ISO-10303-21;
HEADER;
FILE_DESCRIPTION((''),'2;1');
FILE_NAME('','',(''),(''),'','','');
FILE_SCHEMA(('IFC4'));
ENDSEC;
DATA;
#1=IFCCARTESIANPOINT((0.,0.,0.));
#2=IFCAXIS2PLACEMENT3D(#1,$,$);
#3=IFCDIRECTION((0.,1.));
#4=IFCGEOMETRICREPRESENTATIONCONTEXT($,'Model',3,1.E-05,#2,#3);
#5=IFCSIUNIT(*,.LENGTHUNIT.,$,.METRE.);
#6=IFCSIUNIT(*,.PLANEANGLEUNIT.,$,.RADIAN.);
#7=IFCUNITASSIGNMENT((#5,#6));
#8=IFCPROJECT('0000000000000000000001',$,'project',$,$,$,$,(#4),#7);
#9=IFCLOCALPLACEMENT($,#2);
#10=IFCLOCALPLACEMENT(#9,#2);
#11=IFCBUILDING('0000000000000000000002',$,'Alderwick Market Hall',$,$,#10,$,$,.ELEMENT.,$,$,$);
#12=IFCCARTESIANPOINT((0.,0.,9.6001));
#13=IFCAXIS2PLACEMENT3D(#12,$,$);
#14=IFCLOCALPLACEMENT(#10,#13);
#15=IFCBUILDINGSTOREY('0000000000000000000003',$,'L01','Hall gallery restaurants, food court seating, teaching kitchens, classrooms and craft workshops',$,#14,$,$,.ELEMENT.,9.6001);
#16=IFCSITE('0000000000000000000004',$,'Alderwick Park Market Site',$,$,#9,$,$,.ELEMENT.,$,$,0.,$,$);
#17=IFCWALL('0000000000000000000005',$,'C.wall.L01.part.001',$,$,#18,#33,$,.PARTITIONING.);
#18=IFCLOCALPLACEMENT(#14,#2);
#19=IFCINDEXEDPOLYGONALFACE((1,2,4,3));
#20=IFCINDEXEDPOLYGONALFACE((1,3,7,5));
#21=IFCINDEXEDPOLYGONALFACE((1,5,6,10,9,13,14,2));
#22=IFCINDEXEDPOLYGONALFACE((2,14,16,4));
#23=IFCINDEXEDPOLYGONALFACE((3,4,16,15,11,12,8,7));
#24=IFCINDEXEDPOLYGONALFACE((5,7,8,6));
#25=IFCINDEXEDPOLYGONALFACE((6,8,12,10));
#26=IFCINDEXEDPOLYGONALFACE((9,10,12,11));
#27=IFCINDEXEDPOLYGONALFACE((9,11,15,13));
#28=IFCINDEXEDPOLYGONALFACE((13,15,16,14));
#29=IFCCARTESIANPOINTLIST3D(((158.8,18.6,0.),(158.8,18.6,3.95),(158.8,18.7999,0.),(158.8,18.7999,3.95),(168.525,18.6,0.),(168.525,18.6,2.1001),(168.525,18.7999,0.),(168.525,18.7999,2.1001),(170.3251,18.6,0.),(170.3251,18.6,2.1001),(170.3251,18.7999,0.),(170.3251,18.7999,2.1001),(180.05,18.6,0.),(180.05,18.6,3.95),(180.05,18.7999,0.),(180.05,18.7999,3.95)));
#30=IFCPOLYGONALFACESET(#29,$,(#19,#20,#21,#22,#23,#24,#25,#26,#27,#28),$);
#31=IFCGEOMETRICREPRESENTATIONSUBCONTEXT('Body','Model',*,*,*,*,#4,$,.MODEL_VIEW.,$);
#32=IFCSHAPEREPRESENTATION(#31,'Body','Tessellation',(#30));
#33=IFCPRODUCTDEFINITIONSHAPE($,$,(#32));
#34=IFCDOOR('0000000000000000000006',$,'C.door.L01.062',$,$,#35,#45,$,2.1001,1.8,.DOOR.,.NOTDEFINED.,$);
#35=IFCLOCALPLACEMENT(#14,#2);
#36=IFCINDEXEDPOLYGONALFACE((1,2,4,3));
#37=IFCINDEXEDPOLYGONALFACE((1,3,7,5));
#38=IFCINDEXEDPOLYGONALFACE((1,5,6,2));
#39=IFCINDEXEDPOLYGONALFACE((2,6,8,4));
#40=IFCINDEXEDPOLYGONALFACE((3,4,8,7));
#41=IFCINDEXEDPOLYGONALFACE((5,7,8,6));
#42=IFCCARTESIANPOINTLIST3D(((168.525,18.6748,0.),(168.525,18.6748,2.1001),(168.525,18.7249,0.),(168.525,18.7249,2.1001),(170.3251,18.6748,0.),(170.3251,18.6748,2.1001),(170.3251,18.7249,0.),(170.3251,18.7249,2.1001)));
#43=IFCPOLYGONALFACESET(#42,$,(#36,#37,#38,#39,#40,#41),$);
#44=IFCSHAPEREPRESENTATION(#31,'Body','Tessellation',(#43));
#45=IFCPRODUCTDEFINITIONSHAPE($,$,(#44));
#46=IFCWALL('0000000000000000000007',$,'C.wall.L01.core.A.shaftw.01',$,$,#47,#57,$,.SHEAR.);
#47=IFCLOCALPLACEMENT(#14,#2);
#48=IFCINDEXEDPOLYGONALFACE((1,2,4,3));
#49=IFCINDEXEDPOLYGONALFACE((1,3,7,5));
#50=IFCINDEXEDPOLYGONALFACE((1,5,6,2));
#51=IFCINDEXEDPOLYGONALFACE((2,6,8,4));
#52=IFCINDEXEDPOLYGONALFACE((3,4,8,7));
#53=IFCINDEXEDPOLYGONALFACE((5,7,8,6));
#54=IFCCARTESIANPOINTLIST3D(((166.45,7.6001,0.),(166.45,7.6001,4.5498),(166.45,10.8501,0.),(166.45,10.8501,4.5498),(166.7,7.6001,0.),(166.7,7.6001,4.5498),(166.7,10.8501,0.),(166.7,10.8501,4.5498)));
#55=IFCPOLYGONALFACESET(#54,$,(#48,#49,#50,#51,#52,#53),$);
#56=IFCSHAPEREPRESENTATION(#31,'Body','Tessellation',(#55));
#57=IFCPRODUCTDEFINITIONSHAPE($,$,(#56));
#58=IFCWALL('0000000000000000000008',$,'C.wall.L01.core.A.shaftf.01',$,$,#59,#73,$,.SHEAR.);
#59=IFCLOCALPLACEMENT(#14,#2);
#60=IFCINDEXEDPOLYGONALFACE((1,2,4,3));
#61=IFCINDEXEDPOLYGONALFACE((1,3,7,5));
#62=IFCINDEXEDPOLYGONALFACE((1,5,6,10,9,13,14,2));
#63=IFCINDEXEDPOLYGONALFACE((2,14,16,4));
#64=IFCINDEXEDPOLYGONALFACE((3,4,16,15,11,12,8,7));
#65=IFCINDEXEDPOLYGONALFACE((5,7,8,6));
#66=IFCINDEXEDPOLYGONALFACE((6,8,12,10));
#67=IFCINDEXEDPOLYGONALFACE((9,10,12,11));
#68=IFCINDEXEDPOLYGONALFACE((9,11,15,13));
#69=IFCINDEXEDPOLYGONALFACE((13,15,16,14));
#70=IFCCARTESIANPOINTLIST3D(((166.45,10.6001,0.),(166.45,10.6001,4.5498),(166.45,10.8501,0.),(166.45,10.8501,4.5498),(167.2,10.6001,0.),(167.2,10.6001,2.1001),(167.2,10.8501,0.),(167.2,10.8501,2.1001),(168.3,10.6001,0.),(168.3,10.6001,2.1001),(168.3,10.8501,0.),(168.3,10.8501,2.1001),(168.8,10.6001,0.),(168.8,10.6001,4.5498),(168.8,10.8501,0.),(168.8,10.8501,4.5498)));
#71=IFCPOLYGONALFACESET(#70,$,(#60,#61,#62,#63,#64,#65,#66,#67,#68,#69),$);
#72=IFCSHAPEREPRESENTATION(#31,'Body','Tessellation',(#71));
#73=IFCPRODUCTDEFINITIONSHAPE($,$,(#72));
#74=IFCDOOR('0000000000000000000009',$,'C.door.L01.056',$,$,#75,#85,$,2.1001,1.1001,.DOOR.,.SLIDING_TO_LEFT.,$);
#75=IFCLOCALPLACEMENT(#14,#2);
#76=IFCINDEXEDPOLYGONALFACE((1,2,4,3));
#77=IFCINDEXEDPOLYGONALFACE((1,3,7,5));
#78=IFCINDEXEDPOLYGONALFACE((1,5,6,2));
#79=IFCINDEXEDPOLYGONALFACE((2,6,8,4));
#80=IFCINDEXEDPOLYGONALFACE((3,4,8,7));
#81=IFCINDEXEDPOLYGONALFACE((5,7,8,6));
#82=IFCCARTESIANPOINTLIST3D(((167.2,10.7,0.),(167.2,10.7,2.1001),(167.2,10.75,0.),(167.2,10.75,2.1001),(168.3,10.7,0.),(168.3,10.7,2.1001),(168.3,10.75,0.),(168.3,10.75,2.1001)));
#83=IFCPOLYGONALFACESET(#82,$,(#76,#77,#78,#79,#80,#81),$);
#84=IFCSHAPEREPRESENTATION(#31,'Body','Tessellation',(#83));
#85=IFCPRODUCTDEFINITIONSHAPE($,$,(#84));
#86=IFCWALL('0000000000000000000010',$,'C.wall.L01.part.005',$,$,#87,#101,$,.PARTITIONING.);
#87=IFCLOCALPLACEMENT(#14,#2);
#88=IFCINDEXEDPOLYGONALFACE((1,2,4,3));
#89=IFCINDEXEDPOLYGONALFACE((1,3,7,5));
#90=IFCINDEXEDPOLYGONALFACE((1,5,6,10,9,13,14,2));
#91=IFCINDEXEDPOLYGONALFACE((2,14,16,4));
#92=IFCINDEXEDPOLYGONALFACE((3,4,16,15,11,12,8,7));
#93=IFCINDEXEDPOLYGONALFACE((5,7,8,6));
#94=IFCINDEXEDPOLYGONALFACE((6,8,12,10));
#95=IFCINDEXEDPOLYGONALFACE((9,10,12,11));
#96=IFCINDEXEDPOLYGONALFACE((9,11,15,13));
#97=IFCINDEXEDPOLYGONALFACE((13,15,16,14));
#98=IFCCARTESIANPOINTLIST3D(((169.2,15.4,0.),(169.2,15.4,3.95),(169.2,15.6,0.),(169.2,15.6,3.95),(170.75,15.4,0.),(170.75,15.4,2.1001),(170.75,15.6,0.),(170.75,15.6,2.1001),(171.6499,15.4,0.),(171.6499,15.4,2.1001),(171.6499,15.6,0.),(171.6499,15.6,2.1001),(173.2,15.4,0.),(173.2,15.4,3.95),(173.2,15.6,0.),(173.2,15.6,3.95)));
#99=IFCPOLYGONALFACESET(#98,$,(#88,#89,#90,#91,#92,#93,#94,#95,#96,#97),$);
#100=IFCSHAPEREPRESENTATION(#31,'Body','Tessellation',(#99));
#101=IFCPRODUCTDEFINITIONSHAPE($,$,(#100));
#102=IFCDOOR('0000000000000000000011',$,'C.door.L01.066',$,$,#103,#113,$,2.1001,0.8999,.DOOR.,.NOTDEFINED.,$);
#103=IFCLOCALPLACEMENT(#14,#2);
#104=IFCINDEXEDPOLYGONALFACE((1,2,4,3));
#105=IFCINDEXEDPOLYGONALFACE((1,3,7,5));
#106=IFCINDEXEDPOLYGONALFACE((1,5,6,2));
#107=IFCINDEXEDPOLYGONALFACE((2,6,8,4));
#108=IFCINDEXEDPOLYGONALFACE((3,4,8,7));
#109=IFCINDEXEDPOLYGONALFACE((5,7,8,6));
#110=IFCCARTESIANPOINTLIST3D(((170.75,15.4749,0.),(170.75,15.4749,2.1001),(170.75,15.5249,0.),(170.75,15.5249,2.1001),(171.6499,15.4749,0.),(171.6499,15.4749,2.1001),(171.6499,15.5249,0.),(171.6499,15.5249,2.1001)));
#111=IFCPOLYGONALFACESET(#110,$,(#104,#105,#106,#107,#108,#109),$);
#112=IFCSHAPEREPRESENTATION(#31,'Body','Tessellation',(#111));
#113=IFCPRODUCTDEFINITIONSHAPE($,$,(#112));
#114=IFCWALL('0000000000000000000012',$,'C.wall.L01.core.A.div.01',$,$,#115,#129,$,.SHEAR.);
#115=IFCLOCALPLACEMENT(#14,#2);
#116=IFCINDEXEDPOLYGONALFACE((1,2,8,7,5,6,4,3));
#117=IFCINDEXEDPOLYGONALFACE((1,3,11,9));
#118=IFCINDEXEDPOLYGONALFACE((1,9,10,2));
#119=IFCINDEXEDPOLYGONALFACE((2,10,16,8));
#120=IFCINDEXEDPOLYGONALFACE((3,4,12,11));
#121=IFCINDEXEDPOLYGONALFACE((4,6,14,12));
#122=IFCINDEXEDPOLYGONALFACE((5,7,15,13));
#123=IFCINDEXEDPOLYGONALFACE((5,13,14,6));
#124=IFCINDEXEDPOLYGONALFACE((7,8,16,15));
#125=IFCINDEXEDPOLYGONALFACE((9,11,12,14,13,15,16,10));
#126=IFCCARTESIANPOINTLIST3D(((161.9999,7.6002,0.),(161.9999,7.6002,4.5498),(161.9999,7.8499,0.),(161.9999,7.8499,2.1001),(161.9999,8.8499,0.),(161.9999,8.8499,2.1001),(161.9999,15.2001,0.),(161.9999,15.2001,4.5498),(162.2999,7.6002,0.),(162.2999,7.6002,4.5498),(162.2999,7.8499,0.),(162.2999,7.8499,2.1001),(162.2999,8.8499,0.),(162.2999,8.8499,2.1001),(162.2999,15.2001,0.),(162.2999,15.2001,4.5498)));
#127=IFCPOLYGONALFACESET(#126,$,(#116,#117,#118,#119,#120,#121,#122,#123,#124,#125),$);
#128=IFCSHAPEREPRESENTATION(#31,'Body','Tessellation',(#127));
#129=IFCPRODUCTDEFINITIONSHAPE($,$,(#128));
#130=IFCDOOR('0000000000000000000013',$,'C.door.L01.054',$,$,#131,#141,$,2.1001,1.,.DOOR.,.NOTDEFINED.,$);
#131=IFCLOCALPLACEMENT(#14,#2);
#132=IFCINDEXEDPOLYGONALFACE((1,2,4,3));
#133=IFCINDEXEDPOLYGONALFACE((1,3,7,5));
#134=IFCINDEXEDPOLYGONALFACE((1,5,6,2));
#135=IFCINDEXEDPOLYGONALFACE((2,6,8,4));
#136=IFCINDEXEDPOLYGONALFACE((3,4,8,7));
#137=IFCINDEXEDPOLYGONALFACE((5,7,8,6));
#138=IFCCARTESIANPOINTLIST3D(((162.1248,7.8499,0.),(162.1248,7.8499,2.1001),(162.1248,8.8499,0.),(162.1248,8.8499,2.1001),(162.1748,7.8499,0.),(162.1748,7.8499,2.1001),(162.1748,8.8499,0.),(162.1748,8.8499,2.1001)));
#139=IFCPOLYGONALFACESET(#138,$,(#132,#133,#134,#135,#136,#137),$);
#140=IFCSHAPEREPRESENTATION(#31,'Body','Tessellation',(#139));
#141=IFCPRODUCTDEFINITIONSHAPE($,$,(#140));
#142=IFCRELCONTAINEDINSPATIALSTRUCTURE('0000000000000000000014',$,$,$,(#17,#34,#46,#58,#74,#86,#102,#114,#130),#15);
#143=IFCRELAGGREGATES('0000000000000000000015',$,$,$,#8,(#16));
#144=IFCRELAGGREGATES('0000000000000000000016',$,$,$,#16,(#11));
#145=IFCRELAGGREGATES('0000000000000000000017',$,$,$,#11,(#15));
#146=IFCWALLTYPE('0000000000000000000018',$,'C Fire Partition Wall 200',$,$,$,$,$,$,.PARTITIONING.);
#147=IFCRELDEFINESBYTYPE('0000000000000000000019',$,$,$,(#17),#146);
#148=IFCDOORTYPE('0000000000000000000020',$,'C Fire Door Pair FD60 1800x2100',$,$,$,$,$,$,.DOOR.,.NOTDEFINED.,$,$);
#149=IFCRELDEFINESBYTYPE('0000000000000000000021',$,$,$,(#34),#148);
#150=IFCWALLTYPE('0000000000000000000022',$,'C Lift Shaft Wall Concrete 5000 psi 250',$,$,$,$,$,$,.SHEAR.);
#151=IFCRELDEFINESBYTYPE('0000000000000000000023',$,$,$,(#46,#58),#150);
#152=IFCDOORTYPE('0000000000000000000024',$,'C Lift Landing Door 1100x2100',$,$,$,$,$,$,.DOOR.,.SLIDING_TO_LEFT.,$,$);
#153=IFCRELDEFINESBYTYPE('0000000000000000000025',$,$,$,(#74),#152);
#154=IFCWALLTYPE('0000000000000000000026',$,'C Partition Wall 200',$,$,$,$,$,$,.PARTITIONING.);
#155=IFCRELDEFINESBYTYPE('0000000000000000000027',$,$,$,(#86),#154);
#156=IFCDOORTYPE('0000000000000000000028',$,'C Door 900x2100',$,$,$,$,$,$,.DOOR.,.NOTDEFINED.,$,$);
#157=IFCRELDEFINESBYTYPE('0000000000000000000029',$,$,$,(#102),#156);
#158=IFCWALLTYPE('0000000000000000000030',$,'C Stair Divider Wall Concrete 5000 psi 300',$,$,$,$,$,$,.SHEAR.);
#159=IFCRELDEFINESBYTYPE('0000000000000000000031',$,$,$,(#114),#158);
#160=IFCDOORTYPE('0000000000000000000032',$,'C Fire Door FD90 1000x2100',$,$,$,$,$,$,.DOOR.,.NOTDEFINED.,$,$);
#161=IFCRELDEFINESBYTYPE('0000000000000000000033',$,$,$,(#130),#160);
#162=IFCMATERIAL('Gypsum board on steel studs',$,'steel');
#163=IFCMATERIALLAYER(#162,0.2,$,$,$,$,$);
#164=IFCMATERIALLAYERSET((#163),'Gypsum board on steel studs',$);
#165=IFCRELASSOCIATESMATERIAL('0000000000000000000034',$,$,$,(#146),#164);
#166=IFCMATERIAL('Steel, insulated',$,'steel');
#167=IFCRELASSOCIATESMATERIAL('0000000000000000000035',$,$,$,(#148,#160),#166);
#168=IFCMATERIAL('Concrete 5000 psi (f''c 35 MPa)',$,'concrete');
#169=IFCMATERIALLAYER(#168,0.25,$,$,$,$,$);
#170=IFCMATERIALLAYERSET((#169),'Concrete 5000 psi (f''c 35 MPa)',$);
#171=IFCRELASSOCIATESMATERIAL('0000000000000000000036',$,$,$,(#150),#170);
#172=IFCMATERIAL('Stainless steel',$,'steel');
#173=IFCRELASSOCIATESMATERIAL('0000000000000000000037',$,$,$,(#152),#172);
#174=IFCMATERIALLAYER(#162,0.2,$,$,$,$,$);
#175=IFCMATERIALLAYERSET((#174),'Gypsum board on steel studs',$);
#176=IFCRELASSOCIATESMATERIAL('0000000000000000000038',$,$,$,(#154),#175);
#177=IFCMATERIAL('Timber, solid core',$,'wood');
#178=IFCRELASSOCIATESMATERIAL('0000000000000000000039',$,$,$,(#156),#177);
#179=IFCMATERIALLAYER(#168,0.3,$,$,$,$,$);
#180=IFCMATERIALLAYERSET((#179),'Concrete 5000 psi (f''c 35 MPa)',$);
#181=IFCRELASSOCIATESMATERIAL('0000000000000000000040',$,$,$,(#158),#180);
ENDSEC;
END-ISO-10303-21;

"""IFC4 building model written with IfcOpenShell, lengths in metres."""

from ifc_helpers import new_model, si_unit, direction, frame, frame_2d, origin, place, context, subcontext, project, spatial, rectangle, extrude, material, layer, layer_set, type_object, element, fill, save


model = new_model("IFC4")

# Units and contexts
model_context = context("Model", 3, precision=1e-05, world=origin(), true_north=direction((0.0, 1.0)))
body_context = subcontext(model_context, "Body", "Model", "MODEL_VIEW")
ifc_project = project(units=[si_unit("LENGTHUNIT", "METRE"), si_unit("PLANEANGLEUNIT", "RADIAN")], contexts=[model_context])

# Site, building, storey
site_placement = place(None, origin())
site = spatial("IfcSite", under=ifc_project, at=site_placement, Name="Alderwick Park Market Site", CompositionType="ELEMENT", RefElevation=0.0)
building_placement = place(site_placement, origin())
building = spatial("IfcBuilding", under=site, at=building_placement, Name="Alderwick Market Hall", CompositionType="ELEMENT")
storey_placement = place(building_placement, frame((0.0, 0.0, 9.6001)))
storey = spatial("IfcBuildingStorey", under=building, at=storey_placement, Name="L01", Description="Hall gallery restaurants, food court seating, teaching kitchens, classrooms and craft workshops", CompositionType="ELEMENT", Elevation=9.6001)

# Shared definitions
ifc_material_1 = material(Name="Concrete 5000 psi (f'c 35 MPa)", Category="concrete")

# Shared definitions
ifc_material_2 = material(Name="Steel, insulated", Category="steel")

# Wall, opening, door
ifc_material_3 = material(Name="Gypsum board on steel studs", Category="steel")
ifc_layer_1 = layer(ifc_material_3, 0.2)
ifc_layer_set_1 = layer_set([ifc_layer_1], Name="Gypsum board on steel studs")
wall_type_1 = type_object("IfcWallType", Name="C Fire Partition Wall 200", PredefinedType="PARTITIONING", material=ifc_layer_set_1)
wall_1_placement = place(storey_placement, frame((158.8, 18.7, 0.0), z_axis=(0.0, 0.0, 1.0), x_axis=(1.0, 0.0, 0.0)))
wall_1 = element("IfcWall", 1, at=wall_1_placement, inside=storey, type_object=wall_type_1, Name="C.wall.L01.part.001", PredefinedType="PARTITIONING", context=body_context, shape_type="SweptSolid", body=[
    extrude(rectangle(XDim=21.25, YDim=0.2, at=frame_2d((10.625, 0.0))), origin(), (0.0, 0.0, 1.0), 3.95),
])
opening_1_placement = place(wall_1_placement, frame((9.7251, 0.0, 0.0)))
opening_1 = element("IfcOpeningElement", 2, at=opening_1_placement, cuts=wall_1, PredefinedType="OPENING", context=body_context, shape_type="SweptSolid", body=[
    extrude(rectangle(XDim=1.8, YDim=2.1001, at=frame_2d((0.8999, 1.05))), frame((0.0, 0.1099, 0.0), z_axis=(0.0, -1.0, 0.0), x_axis=(1.0, 0.0, 0.0)), (0.0, 0.0, 1.0), 0.22),
])
door_type_1 = type_object("IfcDoorType", Name="C Fire Door Pair FD60 1800x2100", OperationType="NOTDEFINED", PredefinedType="DOOR", material=ifc_material_2)
door_1_placement = place(opening_1_placement, origin())
door_1 = element("IfcDoor", 3, at=door_1_placement, inside=storey, type_object=door_type_1, Name="C.door.L01.062", OperationType="NOTDEFINED", OverallHeight=2.1001, OverallWidth=1.8, PredefinedType="DOOR", context=body_context, shape_type="SweptSolid", body=[
    extrude(rectangle(XDim=1.8, YDim=2.1001, at=frame_2d((0.8999, 1.05))), frame((0.0, 0.0249, 0.0), z_axis=(0.0, -1.0, 0.0), x_axis=(1.0, 0.0, 0.0)), (0.0, 0.0, 1.0), 0.05),
])
fill(opening_1, door_1)

# Wall
ifc_layer_2 = layer(ifc_material_1, 0.25)
ifc_layer_set_2 = layer_set([ifc_layer_2], Name="Concrete 5000 psi (f'c 35 MPa)")
wall_type_2 = type_object("IfcWallType", Name="C Lift Shaft Wall Concrete 5000 psi 250", PredefinedType="SHEAR", material=ifc_layer_set_2)
wall_2_placement = place(storey_placement, frame((166.575, 10.8501, 0.0), z_axis=(0.0, 0.0, 1.0), x_axis=(0.0, -1.0, 0.0)))
element("IfcWall", 4, at=wall_2_placement, inside=storey, type_object=wall_type_2, Name="C.wall.L01.core.A.shaftw.01", PredefinedType="SHEAR", context=body_context, shape_type="SweptSolid", body=[
    extrude(rectangle(XDim=3.25, YDim=0.25, at=frame_2d((1.625, 0.0))), origin(), (0.0, 0.0, 1.0), 4.5498),
])

# Walls, openings, doors
wall_3_placement = place(storey_placement, frame((166.45, 10.7251, 0.0), z_axis=(0.0, 0.0, 1.0), x_axis=(1.0, 0.0, 0.0)))
wall_3 = element("IfcWall", 5, at=wall_3_placement, inside=storey, type_object=wall_type_2, Name="C.wall.L01.core.A.shaftf.01", PredefinedType="SHEAR", context=body_context, shape_type="SweptSolid", body=[
    extrude(rectangle(XDim=2.3501, YDim=0.25, at=frame_2d((1.175, 0.0))), origin(), (0.0, 0.0, 1.0), 4.5498),
])
opening_2_placement = place(wall_3_placement, frame((0.75, 0.0, 0.0)))
opening_2 = element("IfcOpeningElement", 6, at=opening_2_placement, cuts=wall_3, PredefinedType="OPENING", context=body_context, shape_type="SweptSolid", body=[
    extrude(rectangle(XDim=1.1001, YDim=2.1001, at=frame_2d((0.55, 1.05))), frame((0.0, 0.135, 0.0), z_axis=(0.0, -1.0, 0.0), x_axis=(1.0, 0.0, 0.0)), (0.0, 0.0, 1.0), 0.27),
])
ifc_material_4 = material(Name="Stainless steel", Category="steel")
door_type_2 = type_object("IfcDoorType", Name="C Lift Landing Door 1100x2100", OperationType="SLIDING_TO_LEFT", PredefinedType="DOOR", material=ifc_material_4)
door_2_placement = place(opening_2_placement, origin())
door_2 = element("IfcDoor", 7, at=door_2_placement, inside=storey, type_object=door_type_2, Name="C.door.L01.056", OperationType="SLIDING_TO_LEFT", OverallHeight=2.1001, OverallWidth=1.1001, PredefinedType="DOOR", context=body_context, shape_type="SweptSolid", body=[
    extrude(rectangle(XDim=1.1001, YDim=2.1001, at=frame_2d((0.55, 1.05))), frame((0.0, 0.0249, 0.0), z_axis=(0.0, -1.0, 0.0), x_axis=(1.0, 0.0, 0.0)), (0.0, 0.0, 1.0), 0.05),
])
fill(opening_2, door_2)
ifc_layer_3 = layer(ifc_material_3, 0.2)
ifc_layer_set_3 = layer_set([ifc_layer_3], Name="Gypsum board on steel studs")
wall_type_3 = type_object("IfcWallType", Name="C Partition Wall 200", PredefinedType="PARTITIONING", material=ifc_layer_set_3)
wall_4_placement = place(storey_placement, frame((169.2, 15.5, 0.0), z_axis=(0.0, 0.0, 1.0), x_axis=(1.0, 0.0, 0.0)))
wall_4 = element("IfcWall", 8, at=wall_4_placement, inside=storey, type_object=wall_type_3, Name="C.wall.L01.part.005", PredefinedType="PARTITIONING", context=body_context, shape_type="SweptSolid", body=[
    extrude(rectangle(XDim=4.0, YDim=0.2, at=frame_2d((2.0, 0.0))), origin(), (0.0, 0.0, 1.0), 3.95),
])
opening_3_placement = place(wall_4_placement, frame((1.55, 0.0, 0.0)))
opening_3 = element("IfcOpeningElement", 9, at=opening_3_placement, cuts=wall_4, PredefinedType="OPENING", context=body_context, shape_type="SweptSolid", body=[
    extrude(rectangle(XDim=0.8999, YDim=2.1001, at=frame_2d((0.45, 1.05))), frame((0.0, 0.1099, 0.0), z_axis=(0.0, -1.0, 0.0), x_axis=(1.0, 0.0, 0.0)), (0.0, 0.0, 1.0), 0.22),
])
ifc_material_5 = material(Name="Timber, solid core", Category="wood")
door_type_3 = type_object("IfcDoorType", Name="C Door 900x2100", OperationType="NOTDEFINED", PredefinedType="DOOR", material=ifc_material_5)
door_3_placement = place(opening_3_placement, origin())
door_3 = element("IfcDoor", 10, at=door_3_placement, inside=storey, type_object=door_type_3, Name="C.door.L01.066", OperationType="NOTDEFINED", OverallHeight=2.1001, OverallWidth=0.8999, PredefinedType="DOOR", context=body_context, shape_type="SweptSolid", body=[
    extrude(rectangle(XDim=0.8999, YDim=2.1001, at=frame_2d((0.45, 1.05))), frame((0.0, 0.0249, 0.0), z_axis=(0.0, -1.0, 0.0), x_axis=(1.0, 0.0, 0.0)), (0.0, 0.0, 1.0), 0.05),
])
fill(opening_3, door_3)
ifc_layer_4 = layer(ifc_material_1, 0.3)
ifc_layer_set_4 = layer_set([ifc_layer_4], Name="Concrete 5000 psi (f'c 35 MPa)")
wall_type_4 = type_object("IfcWallType", Name="C Stair Divider Wall Concrete 5000 psi 300", PredefinedType="SHEAR", material=ifc_layer_set_4)
wall_5_placement = place(storey_placement, frame((162.1499, 15.2, 0.0), z_axis=(0.0, 0.0, 1.0), x_axis=(0.0, -1.0, 0.0)))
wall_5 = element("IfcWall", 11, at=wall_5_placement, inside=storey, type_object=wall_type_4, Name="C.wall.L01.core.A.div.01", PredefinedType="SHEAR", context=body_context, shape_type="SweptSolid", body=[
    extrude(rectangle(XDim=7.5999, YDim=0.3, at=frame_2d((3.7998, 0.0))), origin(), (0.0, 0.0, 1.0), 4.5498),
])
opening_4_placement = place(wall_5_placement, frame((6.3501, 0.0, 0.0)))
opening_4 = element("IfcOpeningElement", 12, at=opening_4_placement, cuts=wall_5, PredefinedType="OPENING", context=body_context, shape_type="SweptSolid", body=[
    extrude(rectangle(XDim=1.0, YDim=2.1001, at=frame_2d((0.5, 1.05))), frame((0.0, 0.1599, 0.0), z_axis=(0.0, -1.0, 0.0), x_axis=(1.0, 0.0, 0.0)), (0.0, 0.0, 1.0), 0.3201),
])
door_type_4 = type_object("IfcDoorType", Name="C Fire Door FD90 1000x2100", OperationType="NOTDEFINED", PredefinedType="DOOR", material=ifc_material_2)
door_4_placement = place(opening_4_placement, origin())
door_4 = element("IfcDoor", 13, at=door_4_placement, inside=storey, type_object=door_type_4, Name="C.door.L01.054", OperationType="NOTDEFINED", OverallHeight=2.1001, OverallWidth=1.0, PredefinedType="DOOR", context=body_context, shape_type="SweptSolid", body=[
    extrude(rectangle(XDim=1.0, YDim=2.1001, at=frame_2d((0.5, 1.05))), frame((0.0, 0.0249, 0.0), z_axis=(0.0, -1.0, 0.0), x_axis=(1.0, 0.0, 0.0)), (0.0, 0.0, 1.0), 0.05),
])
fill(opening_4, door_4)

save(model, "model.ifc")
